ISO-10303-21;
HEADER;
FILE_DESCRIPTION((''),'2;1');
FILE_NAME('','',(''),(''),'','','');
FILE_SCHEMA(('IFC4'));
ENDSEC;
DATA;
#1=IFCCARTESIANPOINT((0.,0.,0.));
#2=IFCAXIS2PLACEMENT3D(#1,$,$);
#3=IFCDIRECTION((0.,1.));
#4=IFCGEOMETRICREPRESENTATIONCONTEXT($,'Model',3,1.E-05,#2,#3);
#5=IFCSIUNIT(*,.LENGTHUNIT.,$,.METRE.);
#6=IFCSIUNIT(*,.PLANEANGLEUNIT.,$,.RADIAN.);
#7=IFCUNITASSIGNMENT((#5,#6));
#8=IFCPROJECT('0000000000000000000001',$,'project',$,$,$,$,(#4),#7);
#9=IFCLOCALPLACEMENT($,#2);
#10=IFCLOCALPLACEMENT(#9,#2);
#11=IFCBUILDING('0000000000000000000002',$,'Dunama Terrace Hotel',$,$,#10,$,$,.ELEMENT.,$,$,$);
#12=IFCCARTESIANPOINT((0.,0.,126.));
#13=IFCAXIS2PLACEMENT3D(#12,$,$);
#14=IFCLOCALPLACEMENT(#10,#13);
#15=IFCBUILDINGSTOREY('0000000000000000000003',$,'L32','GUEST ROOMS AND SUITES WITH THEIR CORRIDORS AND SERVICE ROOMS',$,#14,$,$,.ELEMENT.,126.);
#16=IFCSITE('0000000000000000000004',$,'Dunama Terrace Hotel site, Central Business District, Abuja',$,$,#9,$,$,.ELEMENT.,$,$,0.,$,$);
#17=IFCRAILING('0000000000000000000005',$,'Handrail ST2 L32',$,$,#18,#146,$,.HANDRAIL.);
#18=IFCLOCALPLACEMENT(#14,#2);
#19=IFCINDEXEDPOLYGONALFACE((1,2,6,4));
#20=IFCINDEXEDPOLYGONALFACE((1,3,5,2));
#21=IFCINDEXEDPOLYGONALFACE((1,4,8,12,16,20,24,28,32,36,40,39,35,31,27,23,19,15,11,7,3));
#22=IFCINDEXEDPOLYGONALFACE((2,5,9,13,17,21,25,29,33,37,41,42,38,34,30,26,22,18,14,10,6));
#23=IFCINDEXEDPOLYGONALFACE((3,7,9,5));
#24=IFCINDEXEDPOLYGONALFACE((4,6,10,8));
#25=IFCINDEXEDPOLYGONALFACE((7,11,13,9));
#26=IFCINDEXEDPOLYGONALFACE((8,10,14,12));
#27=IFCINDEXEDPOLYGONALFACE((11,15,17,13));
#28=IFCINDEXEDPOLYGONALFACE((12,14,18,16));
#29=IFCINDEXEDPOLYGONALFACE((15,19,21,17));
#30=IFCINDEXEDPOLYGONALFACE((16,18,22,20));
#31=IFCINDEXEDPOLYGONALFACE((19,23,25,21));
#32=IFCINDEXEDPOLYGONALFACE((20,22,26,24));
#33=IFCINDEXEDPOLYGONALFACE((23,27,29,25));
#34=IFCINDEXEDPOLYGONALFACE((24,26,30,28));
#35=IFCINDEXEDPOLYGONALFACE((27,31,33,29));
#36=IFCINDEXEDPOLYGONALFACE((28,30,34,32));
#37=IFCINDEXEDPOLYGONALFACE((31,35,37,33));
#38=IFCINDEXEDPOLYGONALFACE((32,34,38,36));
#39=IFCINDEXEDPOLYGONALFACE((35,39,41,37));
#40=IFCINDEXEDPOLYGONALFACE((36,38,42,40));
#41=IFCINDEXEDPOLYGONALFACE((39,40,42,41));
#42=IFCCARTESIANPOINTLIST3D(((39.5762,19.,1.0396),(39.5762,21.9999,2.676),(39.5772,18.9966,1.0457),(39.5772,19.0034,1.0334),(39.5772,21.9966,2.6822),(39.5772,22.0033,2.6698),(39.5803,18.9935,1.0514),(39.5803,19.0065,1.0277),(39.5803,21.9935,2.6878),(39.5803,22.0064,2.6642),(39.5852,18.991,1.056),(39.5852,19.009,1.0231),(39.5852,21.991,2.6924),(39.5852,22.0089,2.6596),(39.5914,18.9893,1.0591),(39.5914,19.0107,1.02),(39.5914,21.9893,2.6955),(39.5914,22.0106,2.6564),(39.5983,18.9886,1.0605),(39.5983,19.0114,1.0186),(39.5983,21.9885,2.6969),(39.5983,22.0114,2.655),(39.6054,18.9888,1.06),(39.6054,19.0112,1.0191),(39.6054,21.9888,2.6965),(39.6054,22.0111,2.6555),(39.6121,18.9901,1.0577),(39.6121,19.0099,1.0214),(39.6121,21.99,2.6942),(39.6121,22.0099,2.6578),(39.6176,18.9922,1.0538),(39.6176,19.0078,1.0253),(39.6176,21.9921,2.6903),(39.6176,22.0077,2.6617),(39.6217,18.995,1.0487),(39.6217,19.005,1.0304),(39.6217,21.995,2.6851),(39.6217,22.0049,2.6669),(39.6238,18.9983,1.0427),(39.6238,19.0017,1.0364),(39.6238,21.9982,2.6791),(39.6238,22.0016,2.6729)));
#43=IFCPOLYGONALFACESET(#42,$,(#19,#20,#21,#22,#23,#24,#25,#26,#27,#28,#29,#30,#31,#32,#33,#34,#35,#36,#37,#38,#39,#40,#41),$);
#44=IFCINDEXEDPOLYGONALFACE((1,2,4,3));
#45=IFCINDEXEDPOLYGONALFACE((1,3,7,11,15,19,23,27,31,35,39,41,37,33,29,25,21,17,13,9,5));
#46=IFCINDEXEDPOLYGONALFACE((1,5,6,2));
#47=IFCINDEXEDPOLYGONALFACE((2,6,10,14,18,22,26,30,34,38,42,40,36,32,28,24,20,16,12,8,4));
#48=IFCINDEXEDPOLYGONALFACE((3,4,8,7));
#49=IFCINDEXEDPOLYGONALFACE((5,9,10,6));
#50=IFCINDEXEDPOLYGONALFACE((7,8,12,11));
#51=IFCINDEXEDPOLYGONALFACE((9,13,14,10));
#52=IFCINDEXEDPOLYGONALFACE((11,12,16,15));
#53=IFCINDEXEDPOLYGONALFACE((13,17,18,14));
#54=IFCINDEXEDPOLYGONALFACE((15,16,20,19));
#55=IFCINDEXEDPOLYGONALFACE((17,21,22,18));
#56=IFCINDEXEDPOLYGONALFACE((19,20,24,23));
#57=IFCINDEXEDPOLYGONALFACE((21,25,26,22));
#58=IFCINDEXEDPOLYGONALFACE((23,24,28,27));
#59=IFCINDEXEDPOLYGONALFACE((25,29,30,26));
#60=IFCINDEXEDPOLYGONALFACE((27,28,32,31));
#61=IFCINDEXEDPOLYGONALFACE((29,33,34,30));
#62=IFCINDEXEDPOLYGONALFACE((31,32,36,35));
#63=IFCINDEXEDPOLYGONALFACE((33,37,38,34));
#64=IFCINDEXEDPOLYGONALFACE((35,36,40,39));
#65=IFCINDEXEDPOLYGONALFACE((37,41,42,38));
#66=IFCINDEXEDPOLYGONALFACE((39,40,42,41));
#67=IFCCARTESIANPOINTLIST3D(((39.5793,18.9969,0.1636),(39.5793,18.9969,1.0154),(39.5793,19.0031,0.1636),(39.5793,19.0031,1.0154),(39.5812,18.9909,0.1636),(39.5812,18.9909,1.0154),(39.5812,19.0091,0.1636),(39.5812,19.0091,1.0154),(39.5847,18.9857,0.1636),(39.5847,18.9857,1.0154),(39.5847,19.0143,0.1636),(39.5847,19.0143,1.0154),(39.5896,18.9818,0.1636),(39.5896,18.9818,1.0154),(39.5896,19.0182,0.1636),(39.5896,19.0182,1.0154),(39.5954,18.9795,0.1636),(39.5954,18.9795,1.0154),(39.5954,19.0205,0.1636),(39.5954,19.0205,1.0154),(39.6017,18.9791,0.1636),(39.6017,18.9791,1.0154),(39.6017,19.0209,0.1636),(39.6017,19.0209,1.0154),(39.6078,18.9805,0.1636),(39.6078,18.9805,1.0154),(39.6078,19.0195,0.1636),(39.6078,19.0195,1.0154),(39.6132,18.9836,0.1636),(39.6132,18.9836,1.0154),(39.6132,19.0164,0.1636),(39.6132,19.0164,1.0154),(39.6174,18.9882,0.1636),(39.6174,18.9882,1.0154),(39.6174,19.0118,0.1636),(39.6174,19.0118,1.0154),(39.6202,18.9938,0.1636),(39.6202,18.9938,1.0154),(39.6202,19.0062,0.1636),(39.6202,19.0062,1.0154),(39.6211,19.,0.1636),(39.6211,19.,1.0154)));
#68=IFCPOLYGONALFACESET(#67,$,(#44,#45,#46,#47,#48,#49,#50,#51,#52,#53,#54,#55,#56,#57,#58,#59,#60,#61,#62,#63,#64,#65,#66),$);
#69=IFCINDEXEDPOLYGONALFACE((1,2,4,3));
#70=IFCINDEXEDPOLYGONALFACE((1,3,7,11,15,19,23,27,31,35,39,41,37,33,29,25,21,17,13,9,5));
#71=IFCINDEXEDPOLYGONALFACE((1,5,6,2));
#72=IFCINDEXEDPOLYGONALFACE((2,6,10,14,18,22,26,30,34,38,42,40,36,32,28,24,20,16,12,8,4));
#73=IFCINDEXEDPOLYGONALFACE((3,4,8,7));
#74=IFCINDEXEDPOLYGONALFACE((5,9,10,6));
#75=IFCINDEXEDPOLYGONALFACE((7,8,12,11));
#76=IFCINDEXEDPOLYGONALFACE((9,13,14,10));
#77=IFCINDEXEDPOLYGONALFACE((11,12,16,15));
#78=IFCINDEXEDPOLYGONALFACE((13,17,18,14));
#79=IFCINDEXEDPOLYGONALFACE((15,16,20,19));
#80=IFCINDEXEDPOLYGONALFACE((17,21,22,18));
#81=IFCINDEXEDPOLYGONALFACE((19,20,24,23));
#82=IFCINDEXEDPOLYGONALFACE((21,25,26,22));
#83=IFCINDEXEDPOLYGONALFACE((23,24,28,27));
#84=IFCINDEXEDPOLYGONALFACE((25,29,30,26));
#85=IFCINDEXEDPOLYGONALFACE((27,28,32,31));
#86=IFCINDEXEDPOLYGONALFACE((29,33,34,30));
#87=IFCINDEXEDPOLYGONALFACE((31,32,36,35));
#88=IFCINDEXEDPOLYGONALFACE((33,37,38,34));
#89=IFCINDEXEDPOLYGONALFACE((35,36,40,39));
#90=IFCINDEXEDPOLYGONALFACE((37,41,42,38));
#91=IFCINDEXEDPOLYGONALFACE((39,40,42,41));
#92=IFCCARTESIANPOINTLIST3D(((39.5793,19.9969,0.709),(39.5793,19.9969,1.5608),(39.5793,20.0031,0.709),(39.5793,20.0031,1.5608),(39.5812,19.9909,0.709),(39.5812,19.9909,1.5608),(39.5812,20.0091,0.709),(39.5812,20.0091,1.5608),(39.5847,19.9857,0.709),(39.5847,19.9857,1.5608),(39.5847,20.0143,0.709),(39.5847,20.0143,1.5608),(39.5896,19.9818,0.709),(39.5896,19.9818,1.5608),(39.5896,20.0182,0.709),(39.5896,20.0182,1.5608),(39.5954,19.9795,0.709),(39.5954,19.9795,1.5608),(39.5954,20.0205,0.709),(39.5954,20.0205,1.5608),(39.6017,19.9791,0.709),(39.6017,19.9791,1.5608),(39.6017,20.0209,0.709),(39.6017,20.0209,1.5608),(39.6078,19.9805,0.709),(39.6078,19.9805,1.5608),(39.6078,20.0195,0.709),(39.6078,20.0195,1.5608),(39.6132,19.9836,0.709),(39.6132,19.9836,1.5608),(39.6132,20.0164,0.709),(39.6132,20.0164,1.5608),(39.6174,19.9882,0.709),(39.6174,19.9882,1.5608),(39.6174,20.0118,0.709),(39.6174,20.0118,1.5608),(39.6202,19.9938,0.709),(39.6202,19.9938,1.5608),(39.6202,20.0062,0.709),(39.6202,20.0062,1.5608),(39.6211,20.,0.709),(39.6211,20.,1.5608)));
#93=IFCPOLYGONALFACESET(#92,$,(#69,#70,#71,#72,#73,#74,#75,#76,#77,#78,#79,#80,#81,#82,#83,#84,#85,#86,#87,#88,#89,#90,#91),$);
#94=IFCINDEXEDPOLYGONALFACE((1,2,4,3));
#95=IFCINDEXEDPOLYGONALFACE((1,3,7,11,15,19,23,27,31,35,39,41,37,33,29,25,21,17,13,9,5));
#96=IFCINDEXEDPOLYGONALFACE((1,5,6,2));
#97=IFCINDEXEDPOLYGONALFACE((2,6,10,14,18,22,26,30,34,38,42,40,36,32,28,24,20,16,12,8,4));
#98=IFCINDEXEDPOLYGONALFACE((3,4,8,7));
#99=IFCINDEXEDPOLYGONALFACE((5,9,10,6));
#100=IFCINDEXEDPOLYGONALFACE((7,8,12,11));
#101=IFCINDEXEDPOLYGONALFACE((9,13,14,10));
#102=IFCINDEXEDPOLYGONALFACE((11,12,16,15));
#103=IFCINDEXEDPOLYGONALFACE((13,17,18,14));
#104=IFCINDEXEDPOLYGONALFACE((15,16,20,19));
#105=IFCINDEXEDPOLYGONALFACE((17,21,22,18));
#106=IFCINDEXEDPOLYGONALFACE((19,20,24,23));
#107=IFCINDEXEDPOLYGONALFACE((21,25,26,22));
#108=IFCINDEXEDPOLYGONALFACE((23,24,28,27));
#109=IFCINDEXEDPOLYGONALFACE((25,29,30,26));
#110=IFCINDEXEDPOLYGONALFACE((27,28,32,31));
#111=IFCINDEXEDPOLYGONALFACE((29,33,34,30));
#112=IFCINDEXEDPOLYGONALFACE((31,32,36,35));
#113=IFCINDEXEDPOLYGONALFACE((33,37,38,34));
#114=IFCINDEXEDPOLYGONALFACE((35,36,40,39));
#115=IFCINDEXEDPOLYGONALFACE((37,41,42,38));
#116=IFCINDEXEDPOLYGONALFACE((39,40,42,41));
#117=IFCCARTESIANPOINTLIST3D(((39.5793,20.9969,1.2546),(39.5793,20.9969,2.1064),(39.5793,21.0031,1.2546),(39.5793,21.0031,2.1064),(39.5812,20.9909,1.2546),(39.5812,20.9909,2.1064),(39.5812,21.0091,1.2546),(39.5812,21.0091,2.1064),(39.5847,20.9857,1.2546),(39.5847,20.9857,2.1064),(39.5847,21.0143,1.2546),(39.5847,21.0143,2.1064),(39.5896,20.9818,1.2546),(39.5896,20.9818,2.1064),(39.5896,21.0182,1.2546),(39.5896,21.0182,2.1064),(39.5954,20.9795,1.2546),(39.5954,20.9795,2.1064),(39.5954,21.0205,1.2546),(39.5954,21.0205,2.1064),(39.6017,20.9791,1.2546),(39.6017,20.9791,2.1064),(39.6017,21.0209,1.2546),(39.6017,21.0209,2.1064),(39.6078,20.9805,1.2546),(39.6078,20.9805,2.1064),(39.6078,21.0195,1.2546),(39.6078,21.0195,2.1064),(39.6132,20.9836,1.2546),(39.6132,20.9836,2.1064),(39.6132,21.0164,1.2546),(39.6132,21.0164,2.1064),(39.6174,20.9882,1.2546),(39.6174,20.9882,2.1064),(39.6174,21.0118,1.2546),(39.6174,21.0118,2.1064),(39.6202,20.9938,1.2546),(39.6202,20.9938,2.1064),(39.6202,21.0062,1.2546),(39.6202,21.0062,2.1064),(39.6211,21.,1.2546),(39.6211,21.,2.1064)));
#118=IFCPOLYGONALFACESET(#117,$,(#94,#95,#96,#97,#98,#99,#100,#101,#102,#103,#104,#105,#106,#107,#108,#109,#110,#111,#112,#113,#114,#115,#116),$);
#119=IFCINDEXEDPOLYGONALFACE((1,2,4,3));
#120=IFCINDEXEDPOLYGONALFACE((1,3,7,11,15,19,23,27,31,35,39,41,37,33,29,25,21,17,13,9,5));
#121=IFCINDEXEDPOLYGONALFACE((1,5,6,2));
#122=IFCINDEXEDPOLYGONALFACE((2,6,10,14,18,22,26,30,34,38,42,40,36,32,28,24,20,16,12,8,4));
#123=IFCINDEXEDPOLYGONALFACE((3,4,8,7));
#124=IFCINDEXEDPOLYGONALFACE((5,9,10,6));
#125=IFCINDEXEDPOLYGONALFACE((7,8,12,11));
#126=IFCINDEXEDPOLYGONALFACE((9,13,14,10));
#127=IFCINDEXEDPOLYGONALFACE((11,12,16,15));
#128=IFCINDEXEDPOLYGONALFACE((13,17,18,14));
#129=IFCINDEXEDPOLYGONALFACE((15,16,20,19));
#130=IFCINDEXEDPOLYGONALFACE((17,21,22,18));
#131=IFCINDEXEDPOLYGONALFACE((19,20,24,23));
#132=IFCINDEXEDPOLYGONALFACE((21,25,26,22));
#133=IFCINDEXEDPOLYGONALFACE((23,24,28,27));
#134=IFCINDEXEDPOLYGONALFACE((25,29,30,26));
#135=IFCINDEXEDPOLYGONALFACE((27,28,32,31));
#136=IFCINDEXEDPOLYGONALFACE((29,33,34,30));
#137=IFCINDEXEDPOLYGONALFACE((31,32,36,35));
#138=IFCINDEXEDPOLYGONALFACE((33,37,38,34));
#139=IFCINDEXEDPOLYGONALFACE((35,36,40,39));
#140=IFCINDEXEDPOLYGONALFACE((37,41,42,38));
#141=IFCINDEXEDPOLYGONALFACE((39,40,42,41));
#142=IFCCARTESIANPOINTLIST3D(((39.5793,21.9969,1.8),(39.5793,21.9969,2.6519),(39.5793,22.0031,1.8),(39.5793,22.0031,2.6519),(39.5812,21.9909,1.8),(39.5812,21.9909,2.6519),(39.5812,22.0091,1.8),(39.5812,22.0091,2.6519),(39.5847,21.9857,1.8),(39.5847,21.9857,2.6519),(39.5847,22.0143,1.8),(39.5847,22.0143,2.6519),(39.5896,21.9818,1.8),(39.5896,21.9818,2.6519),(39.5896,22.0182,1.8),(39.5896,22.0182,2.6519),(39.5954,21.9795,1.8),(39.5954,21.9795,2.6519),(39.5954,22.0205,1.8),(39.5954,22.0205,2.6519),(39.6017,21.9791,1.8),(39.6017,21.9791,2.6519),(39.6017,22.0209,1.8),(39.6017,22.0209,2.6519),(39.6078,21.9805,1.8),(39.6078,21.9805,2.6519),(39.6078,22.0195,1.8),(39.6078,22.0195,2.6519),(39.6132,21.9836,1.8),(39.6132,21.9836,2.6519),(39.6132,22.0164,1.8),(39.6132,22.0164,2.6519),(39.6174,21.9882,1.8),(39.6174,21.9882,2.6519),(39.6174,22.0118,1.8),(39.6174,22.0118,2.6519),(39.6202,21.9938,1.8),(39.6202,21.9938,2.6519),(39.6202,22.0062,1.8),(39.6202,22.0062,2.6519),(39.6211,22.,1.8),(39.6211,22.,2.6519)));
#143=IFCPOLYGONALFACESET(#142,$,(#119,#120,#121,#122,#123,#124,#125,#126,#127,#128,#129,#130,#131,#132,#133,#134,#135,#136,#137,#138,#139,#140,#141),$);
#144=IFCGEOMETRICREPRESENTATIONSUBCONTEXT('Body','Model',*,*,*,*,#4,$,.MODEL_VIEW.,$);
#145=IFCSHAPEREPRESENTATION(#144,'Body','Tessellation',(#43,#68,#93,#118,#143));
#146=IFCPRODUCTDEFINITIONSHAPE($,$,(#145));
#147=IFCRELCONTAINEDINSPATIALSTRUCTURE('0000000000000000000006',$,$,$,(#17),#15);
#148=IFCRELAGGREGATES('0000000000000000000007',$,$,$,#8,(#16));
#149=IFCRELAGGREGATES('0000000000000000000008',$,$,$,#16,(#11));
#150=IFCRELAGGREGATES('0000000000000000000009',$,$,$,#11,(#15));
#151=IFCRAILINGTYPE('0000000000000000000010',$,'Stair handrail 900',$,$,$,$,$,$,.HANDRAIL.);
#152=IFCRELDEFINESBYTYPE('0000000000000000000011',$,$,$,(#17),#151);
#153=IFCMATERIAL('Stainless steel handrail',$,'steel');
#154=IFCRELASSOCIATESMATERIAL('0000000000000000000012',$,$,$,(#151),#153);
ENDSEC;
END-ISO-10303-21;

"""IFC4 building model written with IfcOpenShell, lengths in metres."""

from ifc_helpers import new_model, si_unit, direction, frame, origin, origin_2d, place, context, subcontext, project, spatial, circle, extrude, material, type_object, element, save


model = new_model("IFC4")

# Units and contexts
model_context = context("Model", 3, precision=1e-05, world=origin(), true_north=direction((0.0, 1.0)))
body_context = subcontext(model_context, "Body", "Model", "MODEL_VIEW")
ifc_project = project(units=[si_unit("LENGTHUNIT", "METRE"), si_unit("PLANEANGLEUNIT", "RADIAN")], contexts=[model_context])

# Site, building, storey
site_placement = place(None, origin())
site = spatial("IfcSite", under=ifc_project, at=site_placement, Name="Dunama Terrace Hotel site, Central Business District, Abuja", CompositionType="ELEMENT", RefElevation=0.0)
building_placement = place(site_placement, origin())
building = spatial("IfcBuilding", under=site, at=building_placement, Name="Dunama Terrace Hotel", CompositionType="ELEMENT")
storey_placement = place(building_placement, frame((0.0, 0.0, 126.0)))
storey = spatial("IfcBuildingStorey", under=building, at=storey_placement, Name="L32", Description="GUEST ROOMS AND SUITES WITH THEIR CORRIDORS AND SERVICE ROOMS", CompositionType="ELEMENT", Elevation=126.0)

# Railing
ifc_material_1 = material(Name="Stainless steel handrail", Category="steel")
railing_type = type_object("IfcRailingType", Name="Stair handrail 900", PredefinedType="HANDRAIL", material=ifc_material_1)
railing_1_placement = place(storey_placement, frame((39.6001, 19.0, 0.1636)))
element("IfcRailing", 1, at=railing_1_placement, inside=storey, type_object=railing_type, Name="Handrail ST2 L32", PredefinedType="HANDRAIL", context=body_context, shape_type="SweptSolid", body=[
    extrude(circle(Radius=0.0239, at=origin_2d()), frame((0.0, 0.0, 0.876), z_axis=(0.0, 0.877882, 0.478877), x_axis=(-1.0, 0.0, 0.0)), (0.0, 0.0, 1.0), 3.4172),
    extrude(circle(Radius=0.021, at=origin_2d()), origin(), (0.0, 0.0, 1.0), 0.8518),
    extrude(circle(Radius=0.021, at=origin_2d()), frame((0.0, 1.0, 0.5454)), (0.0, 0.0, 1.0), 0.8518),
    extrude(circle(Radius=0.021, at=origin_2d()), frame((0.0, 2.0, 1.0911)), (0.0, 0.0, 1.0), 0.8518),
    extrude(circle(Radius=0.021, at=origin_2d()), frame((0.0, 3.0, 1.6365)), (0.0, 0.0, 1.0), 0.8518),
])

save(model, "model.ifc")
